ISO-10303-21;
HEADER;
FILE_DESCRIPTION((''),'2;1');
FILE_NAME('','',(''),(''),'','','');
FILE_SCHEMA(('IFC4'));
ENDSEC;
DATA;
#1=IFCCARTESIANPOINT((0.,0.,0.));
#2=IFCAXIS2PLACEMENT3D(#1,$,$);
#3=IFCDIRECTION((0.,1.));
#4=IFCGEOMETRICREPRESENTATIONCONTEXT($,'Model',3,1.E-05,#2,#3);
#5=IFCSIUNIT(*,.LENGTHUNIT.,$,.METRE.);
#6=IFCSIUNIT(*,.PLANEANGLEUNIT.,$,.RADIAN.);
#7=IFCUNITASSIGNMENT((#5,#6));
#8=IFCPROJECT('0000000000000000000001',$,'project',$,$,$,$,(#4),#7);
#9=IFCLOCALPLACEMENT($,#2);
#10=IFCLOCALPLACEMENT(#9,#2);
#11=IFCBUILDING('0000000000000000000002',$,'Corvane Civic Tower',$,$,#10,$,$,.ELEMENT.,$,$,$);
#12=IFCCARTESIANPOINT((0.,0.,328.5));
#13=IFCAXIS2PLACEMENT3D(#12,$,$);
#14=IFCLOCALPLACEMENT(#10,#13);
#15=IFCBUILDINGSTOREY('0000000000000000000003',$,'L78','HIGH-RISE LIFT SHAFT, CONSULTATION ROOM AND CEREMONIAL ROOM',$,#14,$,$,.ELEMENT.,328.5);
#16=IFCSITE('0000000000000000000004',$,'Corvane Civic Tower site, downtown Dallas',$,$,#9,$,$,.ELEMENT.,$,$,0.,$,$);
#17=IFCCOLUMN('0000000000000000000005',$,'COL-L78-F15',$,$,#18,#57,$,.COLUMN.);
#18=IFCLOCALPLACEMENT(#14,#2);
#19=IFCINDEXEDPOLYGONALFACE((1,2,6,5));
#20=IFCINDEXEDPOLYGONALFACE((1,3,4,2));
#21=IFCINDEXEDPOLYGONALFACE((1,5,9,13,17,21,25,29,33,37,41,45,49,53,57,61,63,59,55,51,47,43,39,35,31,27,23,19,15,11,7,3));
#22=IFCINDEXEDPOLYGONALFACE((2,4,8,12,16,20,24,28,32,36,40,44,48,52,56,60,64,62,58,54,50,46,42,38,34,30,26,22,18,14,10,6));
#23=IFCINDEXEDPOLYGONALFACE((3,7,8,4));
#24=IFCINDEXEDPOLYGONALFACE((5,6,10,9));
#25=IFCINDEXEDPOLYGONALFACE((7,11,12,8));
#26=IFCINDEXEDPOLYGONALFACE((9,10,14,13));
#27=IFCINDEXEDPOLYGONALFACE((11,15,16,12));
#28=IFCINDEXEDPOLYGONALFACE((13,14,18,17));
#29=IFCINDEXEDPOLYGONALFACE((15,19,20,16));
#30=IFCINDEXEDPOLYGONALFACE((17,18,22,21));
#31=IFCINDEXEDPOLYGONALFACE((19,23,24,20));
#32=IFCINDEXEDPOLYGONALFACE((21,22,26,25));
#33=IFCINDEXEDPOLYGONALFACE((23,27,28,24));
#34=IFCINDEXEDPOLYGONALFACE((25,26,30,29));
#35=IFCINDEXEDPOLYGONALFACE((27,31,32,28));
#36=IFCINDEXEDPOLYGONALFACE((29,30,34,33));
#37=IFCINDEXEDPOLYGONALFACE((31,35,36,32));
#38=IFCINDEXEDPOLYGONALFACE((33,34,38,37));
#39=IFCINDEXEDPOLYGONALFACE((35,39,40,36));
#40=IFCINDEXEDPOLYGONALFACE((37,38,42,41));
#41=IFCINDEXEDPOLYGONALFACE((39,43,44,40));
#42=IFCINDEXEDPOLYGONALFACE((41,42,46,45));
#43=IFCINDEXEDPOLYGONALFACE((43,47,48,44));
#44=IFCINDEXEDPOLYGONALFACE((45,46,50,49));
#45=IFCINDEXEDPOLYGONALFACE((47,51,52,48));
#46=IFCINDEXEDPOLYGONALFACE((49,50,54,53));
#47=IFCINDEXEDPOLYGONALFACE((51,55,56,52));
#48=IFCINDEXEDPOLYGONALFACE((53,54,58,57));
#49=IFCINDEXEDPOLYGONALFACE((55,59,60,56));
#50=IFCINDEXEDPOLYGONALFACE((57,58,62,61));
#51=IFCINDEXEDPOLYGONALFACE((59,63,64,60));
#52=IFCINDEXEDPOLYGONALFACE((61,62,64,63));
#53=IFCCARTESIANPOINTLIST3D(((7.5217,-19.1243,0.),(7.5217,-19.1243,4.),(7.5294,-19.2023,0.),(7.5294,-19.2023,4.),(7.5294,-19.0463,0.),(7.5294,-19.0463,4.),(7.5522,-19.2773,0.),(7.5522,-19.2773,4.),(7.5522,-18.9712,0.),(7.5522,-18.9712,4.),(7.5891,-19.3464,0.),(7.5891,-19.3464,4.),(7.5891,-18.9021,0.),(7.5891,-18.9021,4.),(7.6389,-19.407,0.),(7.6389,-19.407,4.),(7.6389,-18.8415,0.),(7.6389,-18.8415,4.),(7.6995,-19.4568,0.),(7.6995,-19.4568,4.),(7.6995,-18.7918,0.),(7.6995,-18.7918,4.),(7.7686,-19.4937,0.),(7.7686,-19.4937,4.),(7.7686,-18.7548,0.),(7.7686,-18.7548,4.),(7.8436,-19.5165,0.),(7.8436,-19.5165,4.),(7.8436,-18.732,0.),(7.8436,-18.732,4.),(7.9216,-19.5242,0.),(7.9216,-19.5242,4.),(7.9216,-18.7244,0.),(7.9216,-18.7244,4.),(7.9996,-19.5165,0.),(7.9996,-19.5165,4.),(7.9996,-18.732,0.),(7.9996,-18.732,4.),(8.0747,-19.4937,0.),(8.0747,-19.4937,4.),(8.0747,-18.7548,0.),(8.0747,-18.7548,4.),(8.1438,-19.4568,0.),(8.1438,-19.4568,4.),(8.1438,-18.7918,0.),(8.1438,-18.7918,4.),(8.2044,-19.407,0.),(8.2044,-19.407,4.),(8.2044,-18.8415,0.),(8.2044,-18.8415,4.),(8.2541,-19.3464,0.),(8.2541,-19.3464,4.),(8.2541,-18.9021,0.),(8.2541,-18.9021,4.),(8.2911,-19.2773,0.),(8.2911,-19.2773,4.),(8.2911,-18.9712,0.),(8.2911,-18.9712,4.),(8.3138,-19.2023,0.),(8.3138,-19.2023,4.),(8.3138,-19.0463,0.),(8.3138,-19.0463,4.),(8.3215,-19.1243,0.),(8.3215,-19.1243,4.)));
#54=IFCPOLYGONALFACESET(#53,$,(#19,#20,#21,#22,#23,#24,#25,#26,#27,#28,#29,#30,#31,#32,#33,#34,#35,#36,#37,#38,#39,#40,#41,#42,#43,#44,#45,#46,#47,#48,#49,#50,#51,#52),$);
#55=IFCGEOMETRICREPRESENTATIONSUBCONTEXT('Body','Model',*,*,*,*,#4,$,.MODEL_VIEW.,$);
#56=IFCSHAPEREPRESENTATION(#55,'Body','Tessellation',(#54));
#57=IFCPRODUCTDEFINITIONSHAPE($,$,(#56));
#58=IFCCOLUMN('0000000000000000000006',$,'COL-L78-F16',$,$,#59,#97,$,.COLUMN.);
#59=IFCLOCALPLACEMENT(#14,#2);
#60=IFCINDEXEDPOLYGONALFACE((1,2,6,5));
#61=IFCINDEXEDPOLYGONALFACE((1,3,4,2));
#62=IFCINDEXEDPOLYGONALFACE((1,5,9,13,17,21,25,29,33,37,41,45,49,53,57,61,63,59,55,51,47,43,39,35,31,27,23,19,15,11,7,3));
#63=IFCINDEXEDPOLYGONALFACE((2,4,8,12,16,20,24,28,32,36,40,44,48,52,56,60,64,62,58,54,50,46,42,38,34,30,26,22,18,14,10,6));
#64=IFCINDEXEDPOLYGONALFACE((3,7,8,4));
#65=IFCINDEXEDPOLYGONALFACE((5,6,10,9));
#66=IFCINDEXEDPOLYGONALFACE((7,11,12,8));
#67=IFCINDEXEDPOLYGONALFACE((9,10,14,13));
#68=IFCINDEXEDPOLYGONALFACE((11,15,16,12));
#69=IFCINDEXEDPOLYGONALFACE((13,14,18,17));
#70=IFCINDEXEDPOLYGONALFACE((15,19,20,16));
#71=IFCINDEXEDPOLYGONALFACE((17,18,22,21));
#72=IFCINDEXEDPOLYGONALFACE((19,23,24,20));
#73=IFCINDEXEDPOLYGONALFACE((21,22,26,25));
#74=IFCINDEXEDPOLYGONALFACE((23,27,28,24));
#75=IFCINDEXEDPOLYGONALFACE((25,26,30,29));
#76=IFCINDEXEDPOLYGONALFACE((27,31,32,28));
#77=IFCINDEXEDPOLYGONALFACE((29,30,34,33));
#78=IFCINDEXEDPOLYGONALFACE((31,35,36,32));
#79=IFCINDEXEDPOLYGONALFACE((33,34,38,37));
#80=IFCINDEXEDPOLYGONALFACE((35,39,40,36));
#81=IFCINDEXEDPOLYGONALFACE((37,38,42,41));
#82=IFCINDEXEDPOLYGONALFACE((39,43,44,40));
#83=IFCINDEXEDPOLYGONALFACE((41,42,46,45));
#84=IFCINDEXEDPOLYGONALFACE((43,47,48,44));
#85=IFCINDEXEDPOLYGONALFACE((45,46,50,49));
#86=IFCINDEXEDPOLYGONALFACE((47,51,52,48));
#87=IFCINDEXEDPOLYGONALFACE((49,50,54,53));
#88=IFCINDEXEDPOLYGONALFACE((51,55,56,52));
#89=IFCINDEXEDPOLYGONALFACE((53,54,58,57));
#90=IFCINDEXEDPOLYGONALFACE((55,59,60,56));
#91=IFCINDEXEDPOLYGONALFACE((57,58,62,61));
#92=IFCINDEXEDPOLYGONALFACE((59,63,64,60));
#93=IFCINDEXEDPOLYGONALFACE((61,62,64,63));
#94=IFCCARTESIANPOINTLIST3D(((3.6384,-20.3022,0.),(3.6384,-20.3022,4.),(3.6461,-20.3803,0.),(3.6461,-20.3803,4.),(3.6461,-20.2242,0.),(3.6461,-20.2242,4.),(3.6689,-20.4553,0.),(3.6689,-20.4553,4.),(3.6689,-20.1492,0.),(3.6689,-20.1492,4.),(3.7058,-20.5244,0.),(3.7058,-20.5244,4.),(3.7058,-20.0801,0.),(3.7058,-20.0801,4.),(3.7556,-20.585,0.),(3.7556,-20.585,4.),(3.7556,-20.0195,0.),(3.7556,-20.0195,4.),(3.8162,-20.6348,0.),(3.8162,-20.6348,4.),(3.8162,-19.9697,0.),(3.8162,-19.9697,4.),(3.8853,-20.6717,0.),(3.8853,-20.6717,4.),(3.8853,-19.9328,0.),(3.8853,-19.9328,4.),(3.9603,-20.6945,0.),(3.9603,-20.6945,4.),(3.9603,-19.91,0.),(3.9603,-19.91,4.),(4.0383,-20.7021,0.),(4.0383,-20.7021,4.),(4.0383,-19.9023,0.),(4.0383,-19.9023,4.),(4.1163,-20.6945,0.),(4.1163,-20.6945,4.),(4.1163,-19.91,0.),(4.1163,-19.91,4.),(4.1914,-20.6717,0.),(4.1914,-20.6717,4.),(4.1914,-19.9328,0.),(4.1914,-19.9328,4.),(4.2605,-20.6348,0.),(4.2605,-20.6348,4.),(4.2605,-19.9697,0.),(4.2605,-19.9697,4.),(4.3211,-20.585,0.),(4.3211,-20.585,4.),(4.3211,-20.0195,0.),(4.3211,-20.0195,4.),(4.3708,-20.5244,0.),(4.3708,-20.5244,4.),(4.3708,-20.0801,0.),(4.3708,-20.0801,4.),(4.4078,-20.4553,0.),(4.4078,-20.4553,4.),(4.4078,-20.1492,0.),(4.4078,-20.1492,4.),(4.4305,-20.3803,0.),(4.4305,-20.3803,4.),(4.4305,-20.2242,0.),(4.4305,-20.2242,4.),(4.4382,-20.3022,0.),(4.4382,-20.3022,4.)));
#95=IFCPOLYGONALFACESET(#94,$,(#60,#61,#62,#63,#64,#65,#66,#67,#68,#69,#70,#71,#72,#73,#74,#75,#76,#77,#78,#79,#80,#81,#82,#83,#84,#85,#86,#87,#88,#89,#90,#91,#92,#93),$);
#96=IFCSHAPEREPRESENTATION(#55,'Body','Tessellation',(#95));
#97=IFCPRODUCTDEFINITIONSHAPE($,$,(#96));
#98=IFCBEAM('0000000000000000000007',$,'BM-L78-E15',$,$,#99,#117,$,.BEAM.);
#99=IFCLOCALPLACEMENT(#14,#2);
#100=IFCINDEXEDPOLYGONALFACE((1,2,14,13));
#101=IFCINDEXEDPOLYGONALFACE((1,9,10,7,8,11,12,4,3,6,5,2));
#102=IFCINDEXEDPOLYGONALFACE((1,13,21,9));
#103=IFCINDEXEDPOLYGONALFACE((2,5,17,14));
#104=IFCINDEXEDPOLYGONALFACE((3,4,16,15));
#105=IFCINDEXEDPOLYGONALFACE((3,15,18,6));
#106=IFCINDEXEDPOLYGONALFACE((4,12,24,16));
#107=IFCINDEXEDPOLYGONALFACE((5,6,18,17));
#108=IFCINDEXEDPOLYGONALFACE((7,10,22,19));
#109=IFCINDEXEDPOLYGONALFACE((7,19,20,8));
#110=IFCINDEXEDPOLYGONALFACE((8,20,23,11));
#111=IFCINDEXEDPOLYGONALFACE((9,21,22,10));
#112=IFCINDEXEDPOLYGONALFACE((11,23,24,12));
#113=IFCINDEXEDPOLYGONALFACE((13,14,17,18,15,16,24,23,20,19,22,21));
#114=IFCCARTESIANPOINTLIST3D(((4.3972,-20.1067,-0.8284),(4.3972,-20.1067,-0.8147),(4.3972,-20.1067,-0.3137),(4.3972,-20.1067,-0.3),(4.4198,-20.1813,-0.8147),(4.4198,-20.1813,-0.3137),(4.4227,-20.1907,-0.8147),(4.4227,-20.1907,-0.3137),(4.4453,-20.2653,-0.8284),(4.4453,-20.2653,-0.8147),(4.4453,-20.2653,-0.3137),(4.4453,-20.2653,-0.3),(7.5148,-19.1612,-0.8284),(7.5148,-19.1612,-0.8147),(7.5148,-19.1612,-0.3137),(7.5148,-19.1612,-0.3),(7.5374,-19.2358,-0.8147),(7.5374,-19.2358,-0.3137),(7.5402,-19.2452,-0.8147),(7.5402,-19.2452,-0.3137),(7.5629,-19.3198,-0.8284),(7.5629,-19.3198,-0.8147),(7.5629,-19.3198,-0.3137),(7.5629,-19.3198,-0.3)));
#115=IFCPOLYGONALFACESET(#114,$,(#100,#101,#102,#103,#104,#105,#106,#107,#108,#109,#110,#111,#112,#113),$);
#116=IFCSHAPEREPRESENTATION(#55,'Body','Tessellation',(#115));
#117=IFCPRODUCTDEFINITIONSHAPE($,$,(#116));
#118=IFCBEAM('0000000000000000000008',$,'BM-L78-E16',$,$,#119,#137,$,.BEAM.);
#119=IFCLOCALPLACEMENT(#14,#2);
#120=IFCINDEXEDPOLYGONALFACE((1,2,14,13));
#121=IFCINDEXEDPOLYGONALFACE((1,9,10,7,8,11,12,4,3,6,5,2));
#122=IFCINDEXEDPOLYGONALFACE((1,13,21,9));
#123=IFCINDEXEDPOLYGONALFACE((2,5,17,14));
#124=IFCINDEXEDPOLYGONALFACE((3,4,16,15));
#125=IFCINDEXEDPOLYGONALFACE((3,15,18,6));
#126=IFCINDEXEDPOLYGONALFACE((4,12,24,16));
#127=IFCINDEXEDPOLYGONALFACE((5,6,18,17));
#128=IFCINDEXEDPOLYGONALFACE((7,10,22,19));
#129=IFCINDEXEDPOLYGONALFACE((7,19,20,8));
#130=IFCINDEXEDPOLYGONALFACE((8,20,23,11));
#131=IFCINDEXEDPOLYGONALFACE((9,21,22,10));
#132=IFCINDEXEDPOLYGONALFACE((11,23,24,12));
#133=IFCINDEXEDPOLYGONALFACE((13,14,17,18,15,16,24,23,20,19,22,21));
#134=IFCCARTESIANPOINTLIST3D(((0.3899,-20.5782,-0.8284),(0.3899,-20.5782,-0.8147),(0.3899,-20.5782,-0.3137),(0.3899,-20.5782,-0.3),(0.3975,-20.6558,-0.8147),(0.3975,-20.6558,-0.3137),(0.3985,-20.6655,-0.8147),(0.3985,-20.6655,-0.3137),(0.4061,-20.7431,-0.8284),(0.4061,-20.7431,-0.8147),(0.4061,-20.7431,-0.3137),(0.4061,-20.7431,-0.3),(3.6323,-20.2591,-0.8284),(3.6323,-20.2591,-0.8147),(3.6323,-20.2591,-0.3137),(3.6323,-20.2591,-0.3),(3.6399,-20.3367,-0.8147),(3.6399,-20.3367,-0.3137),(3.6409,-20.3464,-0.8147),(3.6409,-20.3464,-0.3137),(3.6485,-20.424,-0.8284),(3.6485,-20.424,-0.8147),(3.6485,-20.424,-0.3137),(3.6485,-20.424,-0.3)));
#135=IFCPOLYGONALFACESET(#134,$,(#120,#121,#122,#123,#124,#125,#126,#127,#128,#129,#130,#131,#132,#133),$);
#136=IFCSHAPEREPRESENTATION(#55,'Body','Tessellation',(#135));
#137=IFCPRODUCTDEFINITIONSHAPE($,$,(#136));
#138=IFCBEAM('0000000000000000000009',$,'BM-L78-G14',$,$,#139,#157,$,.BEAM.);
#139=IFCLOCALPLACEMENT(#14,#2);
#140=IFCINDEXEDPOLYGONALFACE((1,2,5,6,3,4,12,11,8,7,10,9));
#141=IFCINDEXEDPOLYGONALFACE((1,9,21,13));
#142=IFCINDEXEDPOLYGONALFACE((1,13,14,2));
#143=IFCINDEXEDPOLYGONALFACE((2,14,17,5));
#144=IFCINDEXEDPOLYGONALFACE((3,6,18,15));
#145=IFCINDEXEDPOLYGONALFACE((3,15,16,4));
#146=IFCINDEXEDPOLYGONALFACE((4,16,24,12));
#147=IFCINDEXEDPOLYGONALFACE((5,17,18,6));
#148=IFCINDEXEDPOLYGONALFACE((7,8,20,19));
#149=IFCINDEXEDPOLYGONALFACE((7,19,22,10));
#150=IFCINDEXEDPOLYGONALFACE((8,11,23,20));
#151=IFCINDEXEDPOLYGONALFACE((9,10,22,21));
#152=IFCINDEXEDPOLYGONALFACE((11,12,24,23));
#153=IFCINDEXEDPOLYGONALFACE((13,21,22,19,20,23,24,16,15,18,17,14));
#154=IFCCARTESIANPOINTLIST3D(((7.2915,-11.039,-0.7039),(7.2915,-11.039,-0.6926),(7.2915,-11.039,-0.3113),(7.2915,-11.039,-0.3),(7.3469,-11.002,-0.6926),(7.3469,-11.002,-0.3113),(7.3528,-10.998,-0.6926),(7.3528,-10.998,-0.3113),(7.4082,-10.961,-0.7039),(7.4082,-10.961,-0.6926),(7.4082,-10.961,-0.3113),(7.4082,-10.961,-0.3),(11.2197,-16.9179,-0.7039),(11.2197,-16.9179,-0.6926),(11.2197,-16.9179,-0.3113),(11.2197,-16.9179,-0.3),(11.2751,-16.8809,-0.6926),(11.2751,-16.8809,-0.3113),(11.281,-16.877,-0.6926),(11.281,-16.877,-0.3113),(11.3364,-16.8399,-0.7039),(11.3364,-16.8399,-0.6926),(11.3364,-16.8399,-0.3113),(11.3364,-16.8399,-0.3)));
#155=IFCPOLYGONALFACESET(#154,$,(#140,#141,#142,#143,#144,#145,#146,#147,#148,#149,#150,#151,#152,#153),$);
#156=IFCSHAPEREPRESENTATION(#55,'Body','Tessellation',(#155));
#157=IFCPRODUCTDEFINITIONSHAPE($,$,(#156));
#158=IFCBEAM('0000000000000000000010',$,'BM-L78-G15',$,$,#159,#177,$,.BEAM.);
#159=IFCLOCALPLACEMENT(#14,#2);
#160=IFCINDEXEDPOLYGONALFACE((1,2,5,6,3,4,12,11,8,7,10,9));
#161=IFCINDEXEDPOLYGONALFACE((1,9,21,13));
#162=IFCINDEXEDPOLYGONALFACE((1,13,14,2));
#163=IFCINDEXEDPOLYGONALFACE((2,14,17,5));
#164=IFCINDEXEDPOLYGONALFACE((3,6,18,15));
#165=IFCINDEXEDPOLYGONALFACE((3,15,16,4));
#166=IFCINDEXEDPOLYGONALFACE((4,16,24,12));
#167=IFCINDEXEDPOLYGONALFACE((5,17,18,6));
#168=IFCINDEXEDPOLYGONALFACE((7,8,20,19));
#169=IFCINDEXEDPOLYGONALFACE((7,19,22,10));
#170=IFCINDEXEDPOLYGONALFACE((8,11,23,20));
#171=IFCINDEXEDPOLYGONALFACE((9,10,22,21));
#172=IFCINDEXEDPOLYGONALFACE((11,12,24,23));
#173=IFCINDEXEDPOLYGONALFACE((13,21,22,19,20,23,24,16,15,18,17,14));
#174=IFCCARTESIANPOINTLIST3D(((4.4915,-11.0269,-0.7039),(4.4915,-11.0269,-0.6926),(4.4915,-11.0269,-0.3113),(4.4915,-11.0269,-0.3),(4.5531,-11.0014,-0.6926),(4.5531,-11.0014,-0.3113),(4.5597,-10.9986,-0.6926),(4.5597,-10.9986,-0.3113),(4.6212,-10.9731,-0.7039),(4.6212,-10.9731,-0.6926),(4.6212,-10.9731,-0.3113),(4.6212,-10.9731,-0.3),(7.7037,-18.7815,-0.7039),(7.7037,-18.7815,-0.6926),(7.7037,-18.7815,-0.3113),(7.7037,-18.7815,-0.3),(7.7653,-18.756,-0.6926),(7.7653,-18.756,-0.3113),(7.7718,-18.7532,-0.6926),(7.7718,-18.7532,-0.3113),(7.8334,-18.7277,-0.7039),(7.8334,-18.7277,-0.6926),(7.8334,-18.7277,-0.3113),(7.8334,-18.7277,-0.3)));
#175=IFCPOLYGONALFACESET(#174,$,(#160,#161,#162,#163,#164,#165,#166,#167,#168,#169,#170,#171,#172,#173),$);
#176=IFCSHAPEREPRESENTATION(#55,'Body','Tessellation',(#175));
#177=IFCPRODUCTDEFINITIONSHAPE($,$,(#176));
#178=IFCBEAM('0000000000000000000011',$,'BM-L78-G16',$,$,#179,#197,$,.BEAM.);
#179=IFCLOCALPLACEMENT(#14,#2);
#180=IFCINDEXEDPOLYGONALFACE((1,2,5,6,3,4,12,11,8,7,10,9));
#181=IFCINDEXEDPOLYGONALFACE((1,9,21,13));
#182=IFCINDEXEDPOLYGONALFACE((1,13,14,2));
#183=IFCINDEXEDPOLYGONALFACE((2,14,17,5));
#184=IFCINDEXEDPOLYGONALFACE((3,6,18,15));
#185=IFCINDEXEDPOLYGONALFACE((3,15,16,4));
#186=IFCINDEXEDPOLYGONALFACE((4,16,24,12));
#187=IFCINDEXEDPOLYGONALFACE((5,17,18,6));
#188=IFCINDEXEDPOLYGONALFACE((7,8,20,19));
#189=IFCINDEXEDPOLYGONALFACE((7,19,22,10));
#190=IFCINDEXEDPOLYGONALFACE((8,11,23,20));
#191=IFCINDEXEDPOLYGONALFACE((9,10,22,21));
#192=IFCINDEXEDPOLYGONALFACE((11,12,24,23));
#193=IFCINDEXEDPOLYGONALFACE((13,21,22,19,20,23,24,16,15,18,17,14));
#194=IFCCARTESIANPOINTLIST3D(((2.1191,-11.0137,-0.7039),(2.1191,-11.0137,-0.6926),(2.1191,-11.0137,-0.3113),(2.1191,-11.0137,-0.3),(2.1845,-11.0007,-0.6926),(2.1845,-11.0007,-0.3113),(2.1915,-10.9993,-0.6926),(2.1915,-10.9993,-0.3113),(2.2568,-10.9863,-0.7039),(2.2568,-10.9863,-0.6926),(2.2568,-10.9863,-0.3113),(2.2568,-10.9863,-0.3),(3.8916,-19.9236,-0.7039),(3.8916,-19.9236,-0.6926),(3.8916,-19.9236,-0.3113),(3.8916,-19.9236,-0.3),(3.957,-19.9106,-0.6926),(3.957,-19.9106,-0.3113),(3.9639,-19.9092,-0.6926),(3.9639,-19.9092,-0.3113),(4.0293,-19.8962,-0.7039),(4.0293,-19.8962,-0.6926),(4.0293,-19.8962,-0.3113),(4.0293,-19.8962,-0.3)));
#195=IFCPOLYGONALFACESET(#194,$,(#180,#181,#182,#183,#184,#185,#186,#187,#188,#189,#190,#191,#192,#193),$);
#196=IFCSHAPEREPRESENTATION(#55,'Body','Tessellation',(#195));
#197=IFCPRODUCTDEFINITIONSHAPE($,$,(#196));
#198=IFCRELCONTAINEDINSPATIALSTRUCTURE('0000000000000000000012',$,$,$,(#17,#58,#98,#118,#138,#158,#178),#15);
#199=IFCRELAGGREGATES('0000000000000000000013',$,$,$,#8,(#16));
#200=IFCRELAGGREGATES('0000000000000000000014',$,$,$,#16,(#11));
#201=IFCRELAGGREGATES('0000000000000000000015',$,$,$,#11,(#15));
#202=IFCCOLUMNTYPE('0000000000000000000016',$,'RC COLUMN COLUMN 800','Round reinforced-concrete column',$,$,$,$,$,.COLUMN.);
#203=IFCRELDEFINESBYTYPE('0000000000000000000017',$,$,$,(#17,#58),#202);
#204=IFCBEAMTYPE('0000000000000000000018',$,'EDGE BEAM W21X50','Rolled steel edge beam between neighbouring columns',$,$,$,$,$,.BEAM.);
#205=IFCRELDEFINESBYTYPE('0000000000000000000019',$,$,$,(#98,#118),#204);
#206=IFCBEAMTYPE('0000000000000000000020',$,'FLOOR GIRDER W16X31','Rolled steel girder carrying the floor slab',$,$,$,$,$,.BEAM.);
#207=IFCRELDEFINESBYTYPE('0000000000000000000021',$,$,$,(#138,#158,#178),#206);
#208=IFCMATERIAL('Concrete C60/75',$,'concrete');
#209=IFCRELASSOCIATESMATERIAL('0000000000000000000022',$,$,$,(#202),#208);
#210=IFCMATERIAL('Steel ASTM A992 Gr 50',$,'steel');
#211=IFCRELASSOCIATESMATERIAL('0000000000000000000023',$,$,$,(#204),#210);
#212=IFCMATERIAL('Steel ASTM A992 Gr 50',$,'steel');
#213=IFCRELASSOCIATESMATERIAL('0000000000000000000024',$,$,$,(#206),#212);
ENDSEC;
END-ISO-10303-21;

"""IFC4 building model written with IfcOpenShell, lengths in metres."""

from ifc_helpers import new_model, si_unit, direction, frame, origin, origin_2d, place, context, subcontext, project, spatial, circle, i_section, extrude, material, material_profile, profile_set, type_object, element, save


model = new_model("IFC4")

# Units and contexts
model_context = context("Model", 3, precision=1e-05, world=origin(), true_north=direction((0.0, 1.0)))
body_context = subcontext(model_context, "Body", "Model", "MODEL_VIEW")
ifc_project = project(units=[si_unit("LENGTHUNIT", "METRE"), si_unit("PLANEANGLEUNIT", "RADIAN")], contexts=[model_context])

# Site, building, storey
site_placement = place(None, origin())
site = spatial("IfcSite", under=ifc_project, at=site_placement, Name="Corvane Civic Tower site, downtown Dallas", CompositionType="ELEMENT", RefElevation=0.0)
building_placement = place(site_placement, origin())
building = spatial("IfcBuilding", under=site, at=building_placement, Name="Corvane Civic Tower", CompositionType="ELEMENT")
storey_placement = place(building_placement, frame((0.0, 0.0, 328.5)))
storey = spatial("IfcBuildingStorey", under=building, at=storey_placement, Name="L78", Description="HIGH-RISE LIFT SHAFT, CONSULTATION ROOM AND CEREMONIAL ROOM", CompositionType="ELEMENT", Elevation=328.5)

# Columns
ifc_material_1 = material(Name="Concrete C60/75", Category="concrete")
ifc_material_profile_1 = material_profile(ifc_material_1, circle(Radius=0.3999, at=origin_2d()), Name="COLUMN 800")
ifc_profile_set_1 = profile_set([ifc_material_profile_1], Name="Concrete C60/75")
column_type = type_object("IfcColumnType", Name="RC COLUMN COLUMN 800", Description="Round reinforced-concrete column", PredefinedType="COLUMN", material=ifc_profile_set_1)
for number, where, z_axis, x_axis, name in (
    (1, (7.9216, -19.1243, 0.0), (0.0, 0.0, 1.0), (1.0, 0.0, 0.0), "COL-L78-F15"),
    (2, (4.0383, -20.3022, 0.0), (0.0, 0.0, 1.0), (1.0, 0.0, 0.0), "COL-L78-F16"),
):
    element("IfcColumn", number, at=place(storey_placement, frame(where, z_axis=z_axis, x_axis=x_axis)), inside=storey, type_object=column_type, Name=name, PredefinedType="COLUMN", context=body_context, shape_type="SweptSolid", body=[
        extrude(circle(Radius=0.3999, at=origin_2d()), origin(), (0.0, 0.0, 1.0), 4.0),
    ])

# Beams
ifc_material_2 = material(Name="Steel ASTM A992 Gr 50", Category="steel")
ifc_material_profile_2 = material_profile(ifc_material_2, i_section(OverallWidth=0.1658, OverallDepth=0.5283, WebThickness=0.0098, FlangeThickness=0.0137, at=origin_2d()), Name="W21X50")
ifc_profile_set_2 = profile_set([ifc_material_profile_2], Name="Steel ASTM A992 Gr 50")
beam_type_1 = type_object("IfcBeamType", Name="EDGE BEAM W21X50", Description="Rolled steel edge beam between neighbouring columns", PredefinedType="BEAM", material=ifc_profile_set_2)
beam_1_placement = place(storey_placement, frame((7.5388, -19.2405, -0.5642), z_axis=(-0.956956, -0.290234, 0.0), x_axis=(0.290234, -0.956956, 0.0)))
element("IfcBeam", 3, at=beam_1_placement, inside=storey, type_object=beam_type_1, Name="BM-L78-E15", PredefinedType="BEAM", context=body_context, shape_type="SweptSolid", body=[
    extrude(i_section(OverallWidth=0.1658, OverallDepth=0.5283, WebThickness=0.0098, FlangeThickness=0.0137, at=origin_2d()), origin(), (0.0, 0.0, 1.0), 3.2578),
])
beam_2_placement = place(storey_placement, frame((3.6404, -20.3416, -0.5642), z_axis=(-0.995193, -0.097938, 0.0), x_axis=(0.097938, -0.995193, 0.0)))
element("IfcBeam", 4, at=beam_2_placement, inside=storey, type_object=beam_type_1, Name="BM-L78-E16", PredefinedType="BEAM", context=body_context, shape_type="SweptSolid", body=[
    extrude(i_section(OverallWidth=0.1658, OverallDepth=0.5283, WebThickness=0.0098, FlangeThickness=0.0137, at=origin_2d()), origin(), (0.0, 0.0, 1.0), 3.2581),
])
ifc_material_3 = material(Name="Steel ASTM A992 Gr 50", Category="steel")
ifc_material_profile_3 = material_profile(ifc_material_3, i_section(OverallWidth=0.1404, OverallDepth=0.4038, WebThickness=0.0071, FlangeThickness=0.0112, at=origin_2d()), Name="W16X31")
ifc_profile_set_3 = profile_set([ifc_material_profile_3], Name="Steel ASTM A992 Gr 50")
beam_type_2 = type_object("IfcBeamType", Name="FLOOR GIRDER W16X31", Description="Rolled steel girder carrying the floor slab", PredefinedType="BEAM", material=ifc_profile_set_3)
beam_3_placement = place(storey_placement, frame((7.3499, -11.0, -0.502), z_axis=(0.555576, -0.831465, 0.0), x_axis=(0.831465, 0.555576, 0.0)))
element("IfcBeam", 5, at=beam_3_placement, inside=storey, type_object=beam_type_2, Name="BM-L78-G14", PredefinedType="BEAM", context=body_context, shape_type="SweptSolid", body=[
    extrude(i_section(OverallWidth=0.1404, OverallDepth=0.4038, WebThickness=0.0071, FlangeThickness=0.0112, at=origin_2d()), origin(), (0.0, 0.0, 1.0), 7.0706),
])
beam_4_placement = place(storey_placement, frame((4.5564, -11.0, -0.502), z_axis=(0.382692, -0.923876, 0.0), x_axis=(0.923876, 0.382692, 0.0)))
element("IfcBeam", 6, at=beam_4_placement, inside=storey, type_object=beam_type_2, Name="BM-L78-G15", PredefinedType="BEAM", context=body_context, shape_type="SweptSolid", body=[
    extrude(i_section(OverallWidth=0.1404, OverallDepth=0.4038, WebThickness=0.0071, FlangeThickness=0.0112, at=origin_2d()), origin(), (0.0, 0.0, 1.0), 8.3936),
])
beam_5_placement = place(storey_placement, frame((2.188, -11.0, -0.502), z_axis=(0.195108, -0.980782, 0.0), x_axis=(0.980782, 0.195108, 0.0)))
element("IfcBeam", 7, at=beam_5_placement, inside=storey, type_object=beam_type_2, Name="BM-L78-G16", PredefinedType="BEAM", context=body_context, shape_type="SweptSolid", body=[
    extrude(i_section(OverallWidth=0.1404, OverallDepth=0.4038, WebThickness=0.0071, FlangeThickness=0.0112, at=origin_2d()), origin(), (0.0, 0.0, 1.0), 9.0845),
])

save(model, "model.ifc")
